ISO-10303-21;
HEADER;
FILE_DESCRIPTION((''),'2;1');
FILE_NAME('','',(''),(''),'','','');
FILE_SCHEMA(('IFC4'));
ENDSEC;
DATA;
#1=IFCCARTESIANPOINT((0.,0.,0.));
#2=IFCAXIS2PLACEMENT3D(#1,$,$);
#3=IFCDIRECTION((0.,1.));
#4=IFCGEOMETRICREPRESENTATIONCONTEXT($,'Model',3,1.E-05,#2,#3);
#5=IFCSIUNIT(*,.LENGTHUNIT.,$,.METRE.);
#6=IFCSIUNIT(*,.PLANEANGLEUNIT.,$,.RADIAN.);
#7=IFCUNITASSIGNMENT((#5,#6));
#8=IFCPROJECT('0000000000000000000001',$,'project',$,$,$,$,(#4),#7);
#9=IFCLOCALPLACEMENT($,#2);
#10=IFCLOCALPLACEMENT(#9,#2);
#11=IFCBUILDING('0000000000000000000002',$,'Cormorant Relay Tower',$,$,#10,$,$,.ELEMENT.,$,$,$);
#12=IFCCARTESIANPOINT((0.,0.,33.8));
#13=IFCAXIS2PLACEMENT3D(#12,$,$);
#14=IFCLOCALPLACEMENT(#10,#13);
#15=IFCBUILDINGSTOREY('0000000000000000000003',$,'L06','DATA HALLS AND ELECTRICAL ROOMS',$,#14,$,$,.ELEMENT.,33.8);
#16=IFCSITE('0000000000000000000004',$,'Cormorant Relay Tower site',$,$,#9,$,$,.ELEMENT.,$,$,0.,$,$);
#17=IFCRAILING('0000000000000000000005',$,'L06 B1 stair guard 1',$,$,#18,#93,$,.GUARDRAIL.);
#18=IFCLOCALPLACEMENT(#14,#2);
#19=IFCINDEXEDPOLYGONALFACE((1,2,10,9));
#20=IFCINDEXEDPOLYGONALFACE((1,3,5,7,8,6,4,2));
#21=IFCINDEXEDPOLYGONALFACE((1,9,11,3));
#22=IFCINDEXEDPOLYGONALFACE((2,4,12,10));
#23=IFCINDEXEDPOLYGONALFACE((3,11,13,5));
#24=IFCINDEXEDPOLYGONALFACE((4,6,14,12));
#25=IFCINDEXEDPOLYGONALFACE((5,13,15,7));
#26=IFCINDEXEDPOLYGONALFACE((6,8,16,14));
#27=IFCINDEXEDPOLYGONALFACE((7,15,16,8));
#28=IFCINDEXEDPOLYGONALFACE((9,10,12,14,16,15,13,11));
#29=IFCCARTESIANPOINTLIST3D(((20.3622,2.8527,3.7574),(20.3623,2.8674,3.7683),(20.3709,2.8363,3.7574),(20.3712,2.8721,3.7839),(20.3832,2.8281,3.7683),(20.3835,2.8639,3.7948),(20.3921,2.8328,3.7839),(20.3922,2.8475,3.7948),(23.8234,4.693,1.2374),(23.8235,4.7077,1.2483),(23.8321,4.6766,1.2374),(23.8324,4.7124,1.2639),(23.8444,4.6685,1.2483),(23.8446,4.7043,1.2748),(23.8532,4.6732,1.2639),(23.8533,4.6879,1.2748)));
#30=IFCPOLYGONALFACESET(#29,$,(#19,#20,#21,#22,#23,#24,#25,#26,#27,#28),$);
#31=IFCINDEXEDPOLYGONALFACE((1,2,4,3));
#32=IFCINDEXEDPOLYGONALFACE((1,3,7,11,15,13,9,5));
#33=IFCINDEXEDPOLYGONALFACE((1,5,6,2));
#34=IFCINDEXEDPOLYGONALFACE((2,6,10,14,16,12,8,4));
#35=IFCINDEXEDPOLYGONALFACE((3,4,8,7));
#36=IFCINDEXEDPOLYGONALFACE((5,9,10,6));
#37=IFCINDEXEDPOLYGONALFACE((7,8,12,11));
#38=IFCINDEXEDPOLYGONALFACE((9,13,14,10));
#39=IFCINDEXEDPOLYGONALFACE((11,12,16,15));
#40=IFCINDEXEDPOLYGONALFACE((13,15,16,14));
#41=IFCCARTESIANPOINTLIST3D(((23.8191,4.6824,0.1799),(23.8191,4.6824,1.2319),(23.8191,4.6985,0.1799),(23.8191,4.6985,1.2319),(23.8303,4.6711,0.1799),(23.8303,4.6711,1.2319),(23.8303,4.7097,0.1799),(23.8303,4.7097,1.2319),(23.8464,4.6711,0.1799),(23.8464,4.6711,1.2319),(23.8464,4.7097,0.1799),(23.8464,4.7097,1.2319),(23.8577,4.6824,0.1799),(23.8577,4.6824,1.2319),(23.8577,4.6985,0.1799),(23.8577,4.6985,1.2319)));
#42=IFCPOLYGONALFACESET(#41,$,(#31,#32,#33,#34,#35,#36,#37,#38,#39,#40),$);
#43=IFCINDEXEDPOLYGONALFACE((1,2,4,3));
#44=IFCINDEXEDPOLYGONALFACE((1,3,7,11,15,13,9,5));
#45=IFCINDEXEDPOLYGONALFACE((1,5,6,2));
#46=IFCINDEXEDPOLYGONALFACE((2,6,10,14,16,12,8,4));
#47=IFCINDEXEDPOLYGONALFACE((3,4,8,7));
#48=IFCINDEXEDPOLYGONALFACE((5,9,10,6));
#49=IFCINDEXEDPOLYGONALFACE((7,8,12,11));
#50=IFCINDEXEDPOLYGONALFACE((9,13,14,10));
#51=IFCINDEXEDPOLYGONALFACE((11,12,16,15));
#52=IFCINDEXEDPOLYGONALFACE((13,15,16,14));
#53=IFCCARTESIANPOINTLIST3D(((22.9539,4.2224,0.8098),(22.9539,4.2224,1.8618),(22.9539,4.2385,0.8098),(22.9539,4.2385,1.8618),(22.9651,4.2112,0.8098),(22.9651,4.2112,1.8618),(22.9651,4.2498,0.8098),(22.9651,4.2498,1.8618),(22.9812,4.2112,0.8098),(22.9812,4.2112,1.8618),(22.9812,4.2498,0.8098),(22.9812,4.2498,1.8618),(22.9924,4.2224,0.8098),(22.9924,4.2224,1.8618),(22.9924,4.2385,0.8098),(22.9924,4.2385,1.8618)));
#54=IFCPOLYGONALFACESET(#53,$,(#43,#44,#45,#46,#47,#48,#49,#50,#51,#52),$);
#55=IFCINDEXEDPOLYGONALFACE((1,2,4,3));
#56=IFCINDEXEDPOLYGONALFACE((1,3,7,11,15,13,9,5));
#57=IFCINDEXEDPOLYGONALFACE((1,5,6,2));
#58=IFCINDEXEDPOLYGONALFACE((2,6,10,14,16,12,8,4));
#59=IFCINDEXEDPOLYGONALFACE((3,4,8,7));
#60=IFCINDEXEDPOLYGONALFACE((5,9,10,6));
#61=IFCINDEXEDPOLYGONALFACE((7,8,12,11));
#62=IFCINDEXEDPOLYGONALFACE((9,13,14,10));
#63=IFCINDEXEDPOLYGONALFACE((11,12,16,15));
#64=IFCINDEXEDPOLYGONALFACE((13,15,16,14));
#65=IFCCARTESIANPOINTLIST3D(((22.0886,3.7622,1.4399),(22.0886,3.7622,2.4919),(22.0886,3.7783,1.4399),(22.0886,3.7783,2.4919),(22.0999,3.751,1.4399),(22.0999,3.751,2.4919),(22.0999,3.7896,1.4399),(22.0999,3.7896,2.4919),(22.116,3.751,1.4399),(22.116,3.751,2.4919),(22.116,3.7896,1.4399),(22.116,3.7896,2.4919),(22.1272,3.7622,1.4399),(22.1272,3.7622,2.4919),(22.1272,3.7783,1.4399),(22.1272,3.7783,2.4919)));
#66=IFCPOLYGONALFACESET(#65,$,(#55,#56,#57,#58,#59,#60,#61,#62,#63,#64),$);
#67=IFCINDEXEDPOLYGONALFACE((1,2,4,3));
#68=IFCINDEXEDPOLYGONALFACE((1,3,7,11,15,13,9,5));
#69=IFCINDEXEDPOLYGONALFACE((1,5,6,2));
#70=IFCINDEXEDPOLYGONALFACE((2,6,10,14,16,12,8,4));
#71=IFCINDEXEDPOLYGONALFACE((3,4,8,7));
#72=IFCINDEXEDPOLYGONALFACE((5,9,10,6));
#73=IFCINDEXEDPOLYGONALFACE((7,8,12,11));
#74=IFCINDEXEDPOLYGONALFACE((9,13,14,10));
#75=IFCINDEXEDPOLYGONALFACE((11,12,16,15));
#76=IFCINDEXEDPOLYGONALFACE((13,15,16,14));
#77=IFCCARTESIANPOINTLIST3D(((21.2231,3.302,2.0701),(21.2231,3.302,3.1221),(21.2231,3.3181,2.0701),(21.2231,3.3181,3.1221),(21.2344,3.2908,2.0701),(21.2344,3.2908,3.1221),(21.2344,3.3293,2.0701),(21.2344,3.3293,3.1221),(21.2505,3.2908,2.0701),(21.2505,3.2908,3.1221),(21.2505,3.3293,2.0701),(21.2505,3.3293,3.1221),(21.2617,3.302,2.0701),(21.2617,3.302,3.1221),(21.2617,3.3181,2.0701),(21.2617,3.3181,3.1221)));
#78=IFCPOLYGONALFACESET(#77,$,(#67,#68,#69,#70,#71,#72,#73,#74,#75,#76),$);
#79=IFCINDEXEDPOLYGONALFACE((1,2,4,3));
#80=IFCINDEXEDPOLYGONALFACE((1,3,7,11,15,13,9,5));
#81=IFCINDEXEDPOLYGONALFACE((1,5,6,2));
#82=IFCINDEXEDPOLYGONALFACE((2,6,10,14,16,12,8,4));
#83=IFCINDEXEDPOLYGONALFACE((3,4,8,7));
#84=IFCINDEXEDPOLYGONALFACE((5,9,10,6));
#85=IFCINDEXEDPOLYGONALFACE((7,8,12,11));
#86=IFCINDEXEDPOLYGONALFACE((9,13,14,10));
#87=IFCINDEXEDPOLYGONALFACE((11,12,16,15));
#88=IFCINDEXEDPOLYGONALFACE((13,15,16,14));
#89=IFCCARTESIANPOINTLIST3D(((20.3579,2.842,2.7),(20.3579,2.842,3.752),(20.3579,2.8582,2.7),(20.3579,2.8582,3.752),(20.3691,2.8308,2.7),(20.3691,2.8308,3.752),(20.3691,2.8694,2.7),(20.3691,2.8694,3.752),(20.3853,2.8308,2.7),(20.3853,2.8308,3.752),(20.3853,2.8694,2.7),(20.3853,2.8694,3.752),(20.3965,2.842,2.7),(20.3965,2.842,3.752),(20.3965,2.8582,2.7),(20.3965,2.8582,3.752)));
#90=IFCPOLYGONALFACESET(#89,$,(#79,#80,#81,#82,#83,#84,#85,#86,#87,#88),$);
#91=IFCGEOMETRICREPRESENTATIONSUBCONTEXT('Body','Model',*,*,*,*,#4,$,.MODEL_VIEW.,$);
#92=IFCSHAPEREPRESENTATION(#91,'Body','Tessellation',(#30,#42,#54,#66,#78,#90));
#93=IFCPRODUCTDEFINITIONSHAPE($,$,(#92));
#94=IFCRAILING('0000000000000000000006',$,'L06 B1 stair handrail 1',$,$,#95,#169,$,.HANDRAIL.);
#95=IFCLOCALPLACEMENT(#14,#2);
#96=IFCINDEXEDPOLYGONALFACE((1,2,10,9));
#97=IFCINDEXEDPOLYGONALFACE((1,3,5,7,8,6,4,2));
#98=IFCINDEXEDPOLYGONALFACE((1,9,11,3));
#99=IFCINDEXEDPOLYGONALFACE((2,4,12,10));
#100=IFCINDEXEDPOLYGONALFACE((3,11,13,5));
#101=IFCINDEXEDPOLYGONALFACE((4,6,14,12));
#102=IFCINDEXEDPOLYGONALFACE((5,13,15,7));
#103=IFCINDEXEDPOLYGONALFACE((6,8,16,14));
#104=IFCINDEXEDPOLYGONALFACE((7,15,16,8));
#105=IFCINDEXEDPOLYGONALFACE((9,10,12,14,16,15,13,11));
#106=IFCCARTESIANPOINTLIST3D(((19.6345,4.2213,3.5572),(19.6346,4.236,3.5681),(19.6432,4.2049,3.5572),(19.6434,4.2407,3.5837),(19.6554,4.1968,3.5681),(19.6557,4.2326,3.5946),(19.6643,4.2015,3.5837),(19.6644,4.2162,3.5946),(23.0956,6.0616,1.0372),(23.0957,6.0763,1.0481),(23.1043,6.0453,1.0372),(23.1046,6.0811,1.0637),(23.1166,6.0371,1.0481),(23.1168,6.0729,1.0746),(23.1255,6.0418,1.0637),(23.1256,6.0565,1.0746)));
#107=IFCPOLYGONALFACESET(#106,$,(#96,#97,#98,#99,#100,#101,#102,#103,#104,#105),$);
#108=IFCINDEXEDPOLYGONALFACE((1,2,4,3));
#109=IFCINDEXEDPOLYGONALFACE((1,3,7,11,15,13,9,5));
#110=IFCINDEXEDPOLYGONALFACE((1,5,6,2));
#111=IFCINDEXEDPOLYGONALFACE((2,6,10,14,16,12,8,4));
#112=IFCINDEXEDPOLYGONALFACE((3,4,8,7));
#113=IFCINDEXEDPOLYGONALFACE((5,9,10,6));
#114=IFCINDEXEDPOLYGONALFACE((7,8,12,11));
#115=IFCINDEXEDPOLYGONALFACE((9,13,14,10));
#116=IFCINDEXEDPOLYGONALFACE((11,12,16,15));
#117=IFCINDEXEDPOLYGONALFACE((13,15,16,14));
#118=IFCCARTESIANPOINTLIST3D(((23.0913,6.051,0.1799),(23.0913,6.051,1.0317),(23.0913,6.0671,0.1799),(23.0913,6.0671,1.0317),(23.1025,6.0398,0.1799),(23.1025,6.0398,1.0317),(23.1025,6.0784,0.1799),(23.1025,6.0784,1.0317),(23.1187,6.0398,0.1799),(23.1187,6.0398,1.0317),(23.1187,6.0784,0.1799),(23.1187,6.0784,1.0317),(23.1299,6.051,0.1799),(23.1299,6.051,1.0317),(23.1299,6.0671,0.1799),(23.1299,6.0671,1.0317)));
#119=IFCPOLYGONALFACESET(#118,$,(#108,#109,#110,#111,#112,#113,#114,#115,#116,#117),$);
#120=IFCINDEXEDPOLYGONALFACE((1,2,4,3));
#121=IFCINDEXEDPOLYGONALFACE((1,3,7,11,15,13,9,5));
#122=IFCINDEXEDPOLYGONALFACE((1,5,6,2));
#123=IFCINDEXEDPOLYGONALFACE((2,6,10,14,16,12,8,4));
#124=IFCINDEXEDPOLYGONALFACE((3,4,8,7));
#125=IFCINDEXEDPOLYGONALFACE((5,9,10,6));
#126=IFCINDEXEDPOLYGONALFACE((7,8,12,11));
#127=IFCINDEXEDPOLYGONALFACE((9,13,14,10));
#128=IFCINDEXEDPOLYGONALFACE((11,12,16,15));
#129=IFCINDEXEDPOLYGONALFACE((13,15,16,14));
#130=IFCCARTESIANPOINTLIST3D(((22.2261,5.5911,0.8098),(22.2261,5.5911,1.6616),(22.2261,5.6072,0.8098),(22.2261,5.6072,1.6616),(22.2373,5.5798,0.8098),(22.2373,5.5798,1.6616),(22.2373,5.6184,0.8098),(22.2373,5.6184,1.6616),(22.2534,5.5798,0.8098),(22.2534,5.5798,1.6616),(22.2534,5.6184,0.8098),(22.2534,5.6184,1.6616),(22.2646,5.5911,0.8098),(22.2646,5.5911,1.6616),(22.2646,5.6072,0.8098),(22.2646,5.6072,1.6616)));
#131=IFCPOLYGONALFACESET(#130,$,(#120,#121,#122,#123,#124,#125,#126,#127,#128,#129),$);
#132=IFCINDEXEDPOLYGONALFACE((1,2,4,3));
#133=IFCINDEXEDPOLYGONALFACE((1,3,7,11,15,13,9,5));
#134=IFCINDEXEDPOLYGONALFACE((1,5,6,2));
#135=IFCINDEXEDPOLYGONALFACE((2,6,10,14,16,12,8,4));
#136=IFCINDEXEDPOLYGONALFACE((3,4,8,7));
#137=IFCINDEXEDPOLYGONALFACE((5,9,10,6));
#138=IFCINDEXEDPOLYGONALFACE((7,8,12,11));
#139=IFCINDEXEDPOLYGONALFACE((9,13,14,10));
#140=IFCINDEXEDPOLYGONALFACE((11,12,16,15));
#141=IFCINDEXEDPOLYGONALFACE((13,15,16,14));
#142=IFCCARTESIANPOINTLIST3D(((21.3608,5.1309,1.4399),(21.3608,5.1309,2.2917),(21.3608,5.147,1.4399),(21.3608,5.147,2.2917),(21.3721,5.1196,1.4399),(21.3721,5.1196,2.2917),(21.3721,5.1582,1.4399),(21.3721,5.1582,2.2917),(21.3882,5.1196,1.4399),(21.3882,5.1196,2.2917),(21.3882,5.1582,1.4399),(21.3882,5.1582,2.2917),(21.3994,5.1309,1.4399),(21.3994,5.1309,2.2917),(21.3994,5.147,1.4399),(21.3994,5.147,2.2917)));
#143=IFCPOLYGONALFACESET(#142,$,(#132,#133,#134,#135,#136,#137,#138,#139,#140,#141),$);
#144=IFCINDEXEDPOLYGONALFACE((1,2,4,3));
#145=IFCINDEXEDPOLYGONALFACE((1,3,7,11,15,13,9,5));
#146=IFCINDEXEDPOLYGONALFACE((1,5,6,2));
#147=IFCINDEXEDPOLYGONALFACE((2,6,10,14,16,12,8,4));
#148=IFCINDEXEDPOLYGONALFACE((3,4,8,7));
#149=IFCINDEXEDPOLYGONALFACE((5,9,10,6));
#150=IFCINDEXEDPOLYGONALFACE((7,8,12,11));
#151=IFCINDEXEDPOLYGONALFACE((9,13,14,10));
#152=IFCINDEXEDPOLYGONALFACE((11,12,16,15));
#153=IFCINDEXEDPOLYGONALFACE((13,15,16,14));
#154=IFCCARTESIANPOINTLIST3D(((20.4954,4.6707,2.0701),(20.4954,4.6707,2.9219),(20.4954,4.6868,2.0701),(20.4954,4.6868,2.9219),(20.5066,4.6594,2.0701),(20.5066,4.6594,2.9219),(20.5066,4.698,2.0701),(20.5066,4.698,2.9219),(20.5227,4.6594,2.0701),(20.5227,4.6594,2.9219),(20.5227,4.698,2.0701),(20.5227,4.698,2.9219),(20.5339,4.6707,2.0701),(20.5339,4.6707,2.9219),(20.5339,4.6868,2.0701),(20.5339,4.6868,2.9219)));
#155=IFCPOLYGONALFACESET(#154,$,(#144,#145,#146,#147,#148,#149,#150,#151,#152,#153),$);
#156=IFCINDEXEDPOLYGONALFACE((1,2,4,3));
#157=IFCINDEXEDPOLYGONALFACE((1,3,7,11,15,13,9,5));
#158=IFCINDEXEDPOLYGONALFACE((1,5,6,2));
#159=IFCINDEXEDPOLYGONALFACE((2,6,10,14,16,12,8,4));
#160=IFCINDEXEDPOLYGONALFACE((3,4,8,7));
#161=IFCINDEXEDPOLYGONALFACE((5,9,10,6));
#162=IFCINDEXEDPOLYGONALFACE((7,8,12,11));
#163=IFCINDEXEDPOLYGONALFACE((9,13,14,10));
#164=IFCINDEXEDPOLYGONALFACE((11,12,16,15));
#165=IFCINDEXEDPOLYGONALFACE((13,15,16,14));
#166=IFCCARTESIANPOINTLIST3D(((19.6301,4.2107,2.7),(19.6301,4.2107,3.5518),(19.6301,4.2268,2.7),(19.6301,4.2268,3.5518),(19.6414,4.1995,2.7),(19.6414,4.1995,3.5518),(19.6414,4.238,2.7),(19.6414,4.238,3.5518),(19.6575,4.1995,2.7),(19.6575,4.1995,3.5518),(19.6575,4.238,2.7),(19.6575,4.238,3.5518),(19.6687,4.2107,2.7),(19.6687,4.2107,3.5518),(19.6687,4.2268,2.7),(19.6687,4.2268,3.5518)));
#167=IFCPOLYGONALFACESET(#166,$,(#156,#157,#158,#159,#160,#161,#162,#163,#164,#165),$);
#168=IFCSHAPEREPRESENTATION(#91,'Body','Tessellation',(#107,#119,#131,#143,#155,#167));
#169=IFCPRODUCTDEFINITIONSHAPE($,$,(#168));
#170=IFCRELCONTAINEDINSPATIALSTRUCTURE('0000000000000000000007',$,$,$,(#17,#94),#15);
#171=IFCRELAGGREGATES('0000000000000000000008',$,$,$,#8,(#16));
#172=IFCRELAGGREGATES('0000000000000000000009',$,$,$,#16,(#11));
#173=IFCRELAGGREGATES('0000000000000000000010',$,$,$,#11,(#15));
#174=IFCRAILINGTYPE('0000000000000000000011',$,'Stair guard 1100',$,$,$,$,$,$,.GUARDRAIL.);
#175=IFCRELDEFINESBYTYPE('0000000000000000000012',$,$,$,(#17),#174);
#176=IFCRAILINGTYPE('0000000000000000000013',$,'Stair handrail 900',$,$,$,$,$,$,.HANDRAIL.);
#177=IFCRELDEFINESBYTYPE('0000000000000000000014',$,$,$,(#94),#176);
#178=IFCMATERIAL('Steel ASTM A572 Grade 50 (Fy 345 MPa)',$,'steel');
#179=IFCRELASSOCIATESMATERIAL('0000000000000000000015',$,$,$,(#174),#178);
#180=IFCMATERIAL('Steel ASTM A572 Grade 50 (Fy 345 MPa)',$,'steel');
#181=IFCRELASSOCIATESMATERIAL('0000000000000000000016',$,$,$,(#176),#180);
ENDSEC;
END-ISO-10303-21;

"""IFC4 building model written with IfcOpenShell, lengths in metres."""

from ifc_helpers import new_model, si_unit, direction, frame, origin, place, context, subcontext, project, spatial, polyline, outline, extrude, material, type_object, element, save


model = new_model("IFC4")

# Units and contexts
model_context = context("Model", 3, precision=1e-05, world=origin(), true_north=direction((0.0, 1.0)))
body_context = subcontext(model_context, "Body", "Model", "MODEL_VIEW")
ifc_project = project(units=[si_unit("LENGTHUNIT", "METRE"), si_unit("PLANEANGLEUNIT", "RADIAN")], contexts=[model_context])

# Site, building, storey
site_placement = place(None, origin())
site = spatial("IfcSite", under=ifc_project, at=site_placement, Name="Cormorant Relay Tower site", CompositionType="ELEMENT", RefElevation=0.0)
building_placement = place(site_placement, origin())
building = spatial("IfcBuilding", under=site, at=building_placement, Name="Cormorant Relay Tower", CompositionType="ELEMENT")
storey_placement = place(building_placement, frame((0.0, 0.0, 33.8)))
storey = spatial("IfcBuildingStorey", under=building, at=storey_placement, Name="L06", Description="DATA HALLS AND ELECTRICAL ROOMS", CompositionType="ELEMENT", Elevation=33.8)

# Railings
ifc_material_1 = material(Name="Steel ASTM A572 Grade 50 (Fy 345 MPa)", Category="steel")
railing_type_1 = type_object("IfcRailingType", Name="Stair guard 1100", PredefinedType="GUARDRAIL", material=ifc_material_1)
railing_1_placement = place(storey_placement, frame((23.8384, 4.6904, 0.1799)))
element("IfcRailing", 1, at=railing_1_placement, inside=storey, type_object=railing_type_1, Name="L06 B1 stair guard 1", PredefinedType="GUARDRAIL", context=body_context, shape_type="SweptSolid", body=[
    extrude(outline(polyline([(0.0222, 0.0093), (0.0093, 0.0222), (-0.0093, 0.0222), (-0.0222, 0.0093), (-0.0222, -0.0093), (-0.0093, -0.0222), (0.0093, -0.0222), (0.0222, -0.0093), (0.0222, 0.0093)])), frame((0.0, 0.0, 1.0762), z_axis=(-0.742717, -0.394907, 0.540758), x_axis=(0.469469, -0.882949, 0.0)), (0.0, 0.0, 1.0), 4.6602),
    extrude(outline(polyline([(0.0193, 0.0081), (0.0081, 0.0193), (-0.0081, 0.0193), (-0.0193, 0.0081), (-0.0193, -0.0081), (-0.0081, -0.0193), (0.0081, -0.0193), (0.0193, -0.0081), (0.0193, 0.0081)])), origin(), (0.0, 0.0, 1.0), 1.052),
    extrude(outline(polyline([(0.0193, 0.0081), (0.0081, 0.0193), (-0.0081, 0.0193), (-0.0193, 0.0081), (-0.0193, -0.0081), (-0.0081, -0.0193), (0.0081, -0.0193), (0.0193, -0.0081), (0.0193, 0.0081)])), frame((-0.8652, -0.46, 0.6299)), (0.0, 0.0, 1.0), 1.052),
    extrude(outline(polyline([(0.0193, 0.0081), (0.0081, 0.0193), (-0.0081, 0.0193), (-0.0193, 0.0081), (-0.0193, -0.0081), (-0.0081, -0.0193), (0.0081, -0.0193), (0.0193, -0.0081), (0.0193, 0.0081)])), frame((-1.7305, -0.9202, 1.26)), (0.0, 0.0, 1.0), 1.052),
    extrude(outline(polyline([(0.0193, 0.0081), (0.0081, 0.0193), (-0.0081, 0.0193), (-0.0193, 0.0081), (-0.0193, -0.0081), (-0.0081, -0.0193), (0.0081, -0.0193), (0.0193, -0.0081), (0.0193, 0.0081)])), frame((-2.5959, -1.3804, 1.8901)), (0.0, 0.0, 1.0), 1.052),
    extrude(outline(polyline([(0.0193, 0.0081), (0.0081, 0.0193), (-0.0081, 0.0193), (-0.0193, 0.0081), (-0.0193, -0.0081), (-0.0081, -0.0193), (0.0081, -0.0193), (0.0193, -0.0081), (0.0193, 0.0081)])), frame((-3.4612, -1.8403, 2.52)), (0.0, 0.0, 1.0), 1.052),
])
ifc_material_2 = material(Name="Steel ASTM A572 Grade 50 (Fy 345 MPa)", Category="steel")
railing_type_2 = type_object("IfcRailingType", Name="Stair handrail 900", PredefinedType="HANDRAIL", material=ifc_material_2)
railing_2_placement = place(storey_placement, frame((23.1106, 6.0591, 0.1799)))
element("IfcRailing", 2, at=railing_2_placement, inside=storey, type_object=railing_type_2, Name="L06 B1 stair handrail 1", PredefinedType="HANDRAIL", context=body_context, shape_type="SweptSolid", body=[
    extrude(outline(polyline([(0.0222, 0.0093), (0.0093, 0.0222), (-0.0093, 0.0222), (-0.0222, 0.0093), (-0.0222, -0.0093), (-0.0093, -0.0222), (0.0093, -0.0222), (0.0222, -0.0093), (0.0222, 0.0093)])), frame((0.0, 0.0, 0.876), z_axis=(-0.742717, -0.394907, 0.540758), x_axis=(0.469469, -0.882949, 0.0)), (0.0, 0.0, 1.0), 4.6602),
    extrude(outline(polyline([(0.0193, 0.0081), (0.0081, 0.0193), (-0.0081, 0.0193), (-0.0193, 0.0081), (-0.0193, -0.0081), (-0.0081, -0.0193), (0.0081, -0.0193), (0.0193, -0.0081), (0.0193, 0.0081)])), origin(), (0.0, 0.0, 1.0), 0.8518),
    extrude(outline(polyline([(0.0193, 0.0081), (0.0081, 0.0193), (-0.0081, 0.0193), (-0.0193, 0.0081), (-0.0193, -0.0081), (-0.0081, -0.0193), (0.0081, -0.0193), (0.0193, -0.0081), (0.0193, 0.0081)])), frame((-0.8652, -0.46, 0.6299)), (0.0, 0.0, 1.0), 0.8518),
    extrude(outline(polyline([(0.0193, 0.0081), (0.0081, 0.0193), (-0.0081, 0.0193), (-0.0193, 0.0081), (-0.0193, -0.0081), (-0.0081, -0.0193), (0.0081, -0.0193), (0.0193, -0.0081), (0.0193, 0.0081)])), frame((-1.7305, -0.9202, 1.26)), (0.0, 0.0, 1.0), 0.8518),
    extrude(outline(polyline([(0.0193, 0.0081), (0.0081, 0.0193), (-0.0081, 0.0193), (-0.0193, 0.0081), (-0.0193, -0.0081), (-0.0081, -0.0193), (0.0081, -0.0193), (0.0193, -0.0081), (0.0193, 0.0081)])), frame((-2.5959, -1.3804, 1.8901)), (0.0, 0.0, 1.0), 0.8518),
    extrude(outline(polyline([(0.0193, 0.0081), (0.0081, 0.0193), (-0.0081, 0.0193), (-0.0193, 0.0081), (-0.0193, -0.0081), (-0.0081, -0.0193), (0.0081, -0.0193), (0.0193, -0.0081), (0.0193, 0.0081)])), frame((-3.4612, -1.8403, 2.52)), (0.0, 0.0, 1.0), 0.8518),
])

save(model, "model.ifc")
